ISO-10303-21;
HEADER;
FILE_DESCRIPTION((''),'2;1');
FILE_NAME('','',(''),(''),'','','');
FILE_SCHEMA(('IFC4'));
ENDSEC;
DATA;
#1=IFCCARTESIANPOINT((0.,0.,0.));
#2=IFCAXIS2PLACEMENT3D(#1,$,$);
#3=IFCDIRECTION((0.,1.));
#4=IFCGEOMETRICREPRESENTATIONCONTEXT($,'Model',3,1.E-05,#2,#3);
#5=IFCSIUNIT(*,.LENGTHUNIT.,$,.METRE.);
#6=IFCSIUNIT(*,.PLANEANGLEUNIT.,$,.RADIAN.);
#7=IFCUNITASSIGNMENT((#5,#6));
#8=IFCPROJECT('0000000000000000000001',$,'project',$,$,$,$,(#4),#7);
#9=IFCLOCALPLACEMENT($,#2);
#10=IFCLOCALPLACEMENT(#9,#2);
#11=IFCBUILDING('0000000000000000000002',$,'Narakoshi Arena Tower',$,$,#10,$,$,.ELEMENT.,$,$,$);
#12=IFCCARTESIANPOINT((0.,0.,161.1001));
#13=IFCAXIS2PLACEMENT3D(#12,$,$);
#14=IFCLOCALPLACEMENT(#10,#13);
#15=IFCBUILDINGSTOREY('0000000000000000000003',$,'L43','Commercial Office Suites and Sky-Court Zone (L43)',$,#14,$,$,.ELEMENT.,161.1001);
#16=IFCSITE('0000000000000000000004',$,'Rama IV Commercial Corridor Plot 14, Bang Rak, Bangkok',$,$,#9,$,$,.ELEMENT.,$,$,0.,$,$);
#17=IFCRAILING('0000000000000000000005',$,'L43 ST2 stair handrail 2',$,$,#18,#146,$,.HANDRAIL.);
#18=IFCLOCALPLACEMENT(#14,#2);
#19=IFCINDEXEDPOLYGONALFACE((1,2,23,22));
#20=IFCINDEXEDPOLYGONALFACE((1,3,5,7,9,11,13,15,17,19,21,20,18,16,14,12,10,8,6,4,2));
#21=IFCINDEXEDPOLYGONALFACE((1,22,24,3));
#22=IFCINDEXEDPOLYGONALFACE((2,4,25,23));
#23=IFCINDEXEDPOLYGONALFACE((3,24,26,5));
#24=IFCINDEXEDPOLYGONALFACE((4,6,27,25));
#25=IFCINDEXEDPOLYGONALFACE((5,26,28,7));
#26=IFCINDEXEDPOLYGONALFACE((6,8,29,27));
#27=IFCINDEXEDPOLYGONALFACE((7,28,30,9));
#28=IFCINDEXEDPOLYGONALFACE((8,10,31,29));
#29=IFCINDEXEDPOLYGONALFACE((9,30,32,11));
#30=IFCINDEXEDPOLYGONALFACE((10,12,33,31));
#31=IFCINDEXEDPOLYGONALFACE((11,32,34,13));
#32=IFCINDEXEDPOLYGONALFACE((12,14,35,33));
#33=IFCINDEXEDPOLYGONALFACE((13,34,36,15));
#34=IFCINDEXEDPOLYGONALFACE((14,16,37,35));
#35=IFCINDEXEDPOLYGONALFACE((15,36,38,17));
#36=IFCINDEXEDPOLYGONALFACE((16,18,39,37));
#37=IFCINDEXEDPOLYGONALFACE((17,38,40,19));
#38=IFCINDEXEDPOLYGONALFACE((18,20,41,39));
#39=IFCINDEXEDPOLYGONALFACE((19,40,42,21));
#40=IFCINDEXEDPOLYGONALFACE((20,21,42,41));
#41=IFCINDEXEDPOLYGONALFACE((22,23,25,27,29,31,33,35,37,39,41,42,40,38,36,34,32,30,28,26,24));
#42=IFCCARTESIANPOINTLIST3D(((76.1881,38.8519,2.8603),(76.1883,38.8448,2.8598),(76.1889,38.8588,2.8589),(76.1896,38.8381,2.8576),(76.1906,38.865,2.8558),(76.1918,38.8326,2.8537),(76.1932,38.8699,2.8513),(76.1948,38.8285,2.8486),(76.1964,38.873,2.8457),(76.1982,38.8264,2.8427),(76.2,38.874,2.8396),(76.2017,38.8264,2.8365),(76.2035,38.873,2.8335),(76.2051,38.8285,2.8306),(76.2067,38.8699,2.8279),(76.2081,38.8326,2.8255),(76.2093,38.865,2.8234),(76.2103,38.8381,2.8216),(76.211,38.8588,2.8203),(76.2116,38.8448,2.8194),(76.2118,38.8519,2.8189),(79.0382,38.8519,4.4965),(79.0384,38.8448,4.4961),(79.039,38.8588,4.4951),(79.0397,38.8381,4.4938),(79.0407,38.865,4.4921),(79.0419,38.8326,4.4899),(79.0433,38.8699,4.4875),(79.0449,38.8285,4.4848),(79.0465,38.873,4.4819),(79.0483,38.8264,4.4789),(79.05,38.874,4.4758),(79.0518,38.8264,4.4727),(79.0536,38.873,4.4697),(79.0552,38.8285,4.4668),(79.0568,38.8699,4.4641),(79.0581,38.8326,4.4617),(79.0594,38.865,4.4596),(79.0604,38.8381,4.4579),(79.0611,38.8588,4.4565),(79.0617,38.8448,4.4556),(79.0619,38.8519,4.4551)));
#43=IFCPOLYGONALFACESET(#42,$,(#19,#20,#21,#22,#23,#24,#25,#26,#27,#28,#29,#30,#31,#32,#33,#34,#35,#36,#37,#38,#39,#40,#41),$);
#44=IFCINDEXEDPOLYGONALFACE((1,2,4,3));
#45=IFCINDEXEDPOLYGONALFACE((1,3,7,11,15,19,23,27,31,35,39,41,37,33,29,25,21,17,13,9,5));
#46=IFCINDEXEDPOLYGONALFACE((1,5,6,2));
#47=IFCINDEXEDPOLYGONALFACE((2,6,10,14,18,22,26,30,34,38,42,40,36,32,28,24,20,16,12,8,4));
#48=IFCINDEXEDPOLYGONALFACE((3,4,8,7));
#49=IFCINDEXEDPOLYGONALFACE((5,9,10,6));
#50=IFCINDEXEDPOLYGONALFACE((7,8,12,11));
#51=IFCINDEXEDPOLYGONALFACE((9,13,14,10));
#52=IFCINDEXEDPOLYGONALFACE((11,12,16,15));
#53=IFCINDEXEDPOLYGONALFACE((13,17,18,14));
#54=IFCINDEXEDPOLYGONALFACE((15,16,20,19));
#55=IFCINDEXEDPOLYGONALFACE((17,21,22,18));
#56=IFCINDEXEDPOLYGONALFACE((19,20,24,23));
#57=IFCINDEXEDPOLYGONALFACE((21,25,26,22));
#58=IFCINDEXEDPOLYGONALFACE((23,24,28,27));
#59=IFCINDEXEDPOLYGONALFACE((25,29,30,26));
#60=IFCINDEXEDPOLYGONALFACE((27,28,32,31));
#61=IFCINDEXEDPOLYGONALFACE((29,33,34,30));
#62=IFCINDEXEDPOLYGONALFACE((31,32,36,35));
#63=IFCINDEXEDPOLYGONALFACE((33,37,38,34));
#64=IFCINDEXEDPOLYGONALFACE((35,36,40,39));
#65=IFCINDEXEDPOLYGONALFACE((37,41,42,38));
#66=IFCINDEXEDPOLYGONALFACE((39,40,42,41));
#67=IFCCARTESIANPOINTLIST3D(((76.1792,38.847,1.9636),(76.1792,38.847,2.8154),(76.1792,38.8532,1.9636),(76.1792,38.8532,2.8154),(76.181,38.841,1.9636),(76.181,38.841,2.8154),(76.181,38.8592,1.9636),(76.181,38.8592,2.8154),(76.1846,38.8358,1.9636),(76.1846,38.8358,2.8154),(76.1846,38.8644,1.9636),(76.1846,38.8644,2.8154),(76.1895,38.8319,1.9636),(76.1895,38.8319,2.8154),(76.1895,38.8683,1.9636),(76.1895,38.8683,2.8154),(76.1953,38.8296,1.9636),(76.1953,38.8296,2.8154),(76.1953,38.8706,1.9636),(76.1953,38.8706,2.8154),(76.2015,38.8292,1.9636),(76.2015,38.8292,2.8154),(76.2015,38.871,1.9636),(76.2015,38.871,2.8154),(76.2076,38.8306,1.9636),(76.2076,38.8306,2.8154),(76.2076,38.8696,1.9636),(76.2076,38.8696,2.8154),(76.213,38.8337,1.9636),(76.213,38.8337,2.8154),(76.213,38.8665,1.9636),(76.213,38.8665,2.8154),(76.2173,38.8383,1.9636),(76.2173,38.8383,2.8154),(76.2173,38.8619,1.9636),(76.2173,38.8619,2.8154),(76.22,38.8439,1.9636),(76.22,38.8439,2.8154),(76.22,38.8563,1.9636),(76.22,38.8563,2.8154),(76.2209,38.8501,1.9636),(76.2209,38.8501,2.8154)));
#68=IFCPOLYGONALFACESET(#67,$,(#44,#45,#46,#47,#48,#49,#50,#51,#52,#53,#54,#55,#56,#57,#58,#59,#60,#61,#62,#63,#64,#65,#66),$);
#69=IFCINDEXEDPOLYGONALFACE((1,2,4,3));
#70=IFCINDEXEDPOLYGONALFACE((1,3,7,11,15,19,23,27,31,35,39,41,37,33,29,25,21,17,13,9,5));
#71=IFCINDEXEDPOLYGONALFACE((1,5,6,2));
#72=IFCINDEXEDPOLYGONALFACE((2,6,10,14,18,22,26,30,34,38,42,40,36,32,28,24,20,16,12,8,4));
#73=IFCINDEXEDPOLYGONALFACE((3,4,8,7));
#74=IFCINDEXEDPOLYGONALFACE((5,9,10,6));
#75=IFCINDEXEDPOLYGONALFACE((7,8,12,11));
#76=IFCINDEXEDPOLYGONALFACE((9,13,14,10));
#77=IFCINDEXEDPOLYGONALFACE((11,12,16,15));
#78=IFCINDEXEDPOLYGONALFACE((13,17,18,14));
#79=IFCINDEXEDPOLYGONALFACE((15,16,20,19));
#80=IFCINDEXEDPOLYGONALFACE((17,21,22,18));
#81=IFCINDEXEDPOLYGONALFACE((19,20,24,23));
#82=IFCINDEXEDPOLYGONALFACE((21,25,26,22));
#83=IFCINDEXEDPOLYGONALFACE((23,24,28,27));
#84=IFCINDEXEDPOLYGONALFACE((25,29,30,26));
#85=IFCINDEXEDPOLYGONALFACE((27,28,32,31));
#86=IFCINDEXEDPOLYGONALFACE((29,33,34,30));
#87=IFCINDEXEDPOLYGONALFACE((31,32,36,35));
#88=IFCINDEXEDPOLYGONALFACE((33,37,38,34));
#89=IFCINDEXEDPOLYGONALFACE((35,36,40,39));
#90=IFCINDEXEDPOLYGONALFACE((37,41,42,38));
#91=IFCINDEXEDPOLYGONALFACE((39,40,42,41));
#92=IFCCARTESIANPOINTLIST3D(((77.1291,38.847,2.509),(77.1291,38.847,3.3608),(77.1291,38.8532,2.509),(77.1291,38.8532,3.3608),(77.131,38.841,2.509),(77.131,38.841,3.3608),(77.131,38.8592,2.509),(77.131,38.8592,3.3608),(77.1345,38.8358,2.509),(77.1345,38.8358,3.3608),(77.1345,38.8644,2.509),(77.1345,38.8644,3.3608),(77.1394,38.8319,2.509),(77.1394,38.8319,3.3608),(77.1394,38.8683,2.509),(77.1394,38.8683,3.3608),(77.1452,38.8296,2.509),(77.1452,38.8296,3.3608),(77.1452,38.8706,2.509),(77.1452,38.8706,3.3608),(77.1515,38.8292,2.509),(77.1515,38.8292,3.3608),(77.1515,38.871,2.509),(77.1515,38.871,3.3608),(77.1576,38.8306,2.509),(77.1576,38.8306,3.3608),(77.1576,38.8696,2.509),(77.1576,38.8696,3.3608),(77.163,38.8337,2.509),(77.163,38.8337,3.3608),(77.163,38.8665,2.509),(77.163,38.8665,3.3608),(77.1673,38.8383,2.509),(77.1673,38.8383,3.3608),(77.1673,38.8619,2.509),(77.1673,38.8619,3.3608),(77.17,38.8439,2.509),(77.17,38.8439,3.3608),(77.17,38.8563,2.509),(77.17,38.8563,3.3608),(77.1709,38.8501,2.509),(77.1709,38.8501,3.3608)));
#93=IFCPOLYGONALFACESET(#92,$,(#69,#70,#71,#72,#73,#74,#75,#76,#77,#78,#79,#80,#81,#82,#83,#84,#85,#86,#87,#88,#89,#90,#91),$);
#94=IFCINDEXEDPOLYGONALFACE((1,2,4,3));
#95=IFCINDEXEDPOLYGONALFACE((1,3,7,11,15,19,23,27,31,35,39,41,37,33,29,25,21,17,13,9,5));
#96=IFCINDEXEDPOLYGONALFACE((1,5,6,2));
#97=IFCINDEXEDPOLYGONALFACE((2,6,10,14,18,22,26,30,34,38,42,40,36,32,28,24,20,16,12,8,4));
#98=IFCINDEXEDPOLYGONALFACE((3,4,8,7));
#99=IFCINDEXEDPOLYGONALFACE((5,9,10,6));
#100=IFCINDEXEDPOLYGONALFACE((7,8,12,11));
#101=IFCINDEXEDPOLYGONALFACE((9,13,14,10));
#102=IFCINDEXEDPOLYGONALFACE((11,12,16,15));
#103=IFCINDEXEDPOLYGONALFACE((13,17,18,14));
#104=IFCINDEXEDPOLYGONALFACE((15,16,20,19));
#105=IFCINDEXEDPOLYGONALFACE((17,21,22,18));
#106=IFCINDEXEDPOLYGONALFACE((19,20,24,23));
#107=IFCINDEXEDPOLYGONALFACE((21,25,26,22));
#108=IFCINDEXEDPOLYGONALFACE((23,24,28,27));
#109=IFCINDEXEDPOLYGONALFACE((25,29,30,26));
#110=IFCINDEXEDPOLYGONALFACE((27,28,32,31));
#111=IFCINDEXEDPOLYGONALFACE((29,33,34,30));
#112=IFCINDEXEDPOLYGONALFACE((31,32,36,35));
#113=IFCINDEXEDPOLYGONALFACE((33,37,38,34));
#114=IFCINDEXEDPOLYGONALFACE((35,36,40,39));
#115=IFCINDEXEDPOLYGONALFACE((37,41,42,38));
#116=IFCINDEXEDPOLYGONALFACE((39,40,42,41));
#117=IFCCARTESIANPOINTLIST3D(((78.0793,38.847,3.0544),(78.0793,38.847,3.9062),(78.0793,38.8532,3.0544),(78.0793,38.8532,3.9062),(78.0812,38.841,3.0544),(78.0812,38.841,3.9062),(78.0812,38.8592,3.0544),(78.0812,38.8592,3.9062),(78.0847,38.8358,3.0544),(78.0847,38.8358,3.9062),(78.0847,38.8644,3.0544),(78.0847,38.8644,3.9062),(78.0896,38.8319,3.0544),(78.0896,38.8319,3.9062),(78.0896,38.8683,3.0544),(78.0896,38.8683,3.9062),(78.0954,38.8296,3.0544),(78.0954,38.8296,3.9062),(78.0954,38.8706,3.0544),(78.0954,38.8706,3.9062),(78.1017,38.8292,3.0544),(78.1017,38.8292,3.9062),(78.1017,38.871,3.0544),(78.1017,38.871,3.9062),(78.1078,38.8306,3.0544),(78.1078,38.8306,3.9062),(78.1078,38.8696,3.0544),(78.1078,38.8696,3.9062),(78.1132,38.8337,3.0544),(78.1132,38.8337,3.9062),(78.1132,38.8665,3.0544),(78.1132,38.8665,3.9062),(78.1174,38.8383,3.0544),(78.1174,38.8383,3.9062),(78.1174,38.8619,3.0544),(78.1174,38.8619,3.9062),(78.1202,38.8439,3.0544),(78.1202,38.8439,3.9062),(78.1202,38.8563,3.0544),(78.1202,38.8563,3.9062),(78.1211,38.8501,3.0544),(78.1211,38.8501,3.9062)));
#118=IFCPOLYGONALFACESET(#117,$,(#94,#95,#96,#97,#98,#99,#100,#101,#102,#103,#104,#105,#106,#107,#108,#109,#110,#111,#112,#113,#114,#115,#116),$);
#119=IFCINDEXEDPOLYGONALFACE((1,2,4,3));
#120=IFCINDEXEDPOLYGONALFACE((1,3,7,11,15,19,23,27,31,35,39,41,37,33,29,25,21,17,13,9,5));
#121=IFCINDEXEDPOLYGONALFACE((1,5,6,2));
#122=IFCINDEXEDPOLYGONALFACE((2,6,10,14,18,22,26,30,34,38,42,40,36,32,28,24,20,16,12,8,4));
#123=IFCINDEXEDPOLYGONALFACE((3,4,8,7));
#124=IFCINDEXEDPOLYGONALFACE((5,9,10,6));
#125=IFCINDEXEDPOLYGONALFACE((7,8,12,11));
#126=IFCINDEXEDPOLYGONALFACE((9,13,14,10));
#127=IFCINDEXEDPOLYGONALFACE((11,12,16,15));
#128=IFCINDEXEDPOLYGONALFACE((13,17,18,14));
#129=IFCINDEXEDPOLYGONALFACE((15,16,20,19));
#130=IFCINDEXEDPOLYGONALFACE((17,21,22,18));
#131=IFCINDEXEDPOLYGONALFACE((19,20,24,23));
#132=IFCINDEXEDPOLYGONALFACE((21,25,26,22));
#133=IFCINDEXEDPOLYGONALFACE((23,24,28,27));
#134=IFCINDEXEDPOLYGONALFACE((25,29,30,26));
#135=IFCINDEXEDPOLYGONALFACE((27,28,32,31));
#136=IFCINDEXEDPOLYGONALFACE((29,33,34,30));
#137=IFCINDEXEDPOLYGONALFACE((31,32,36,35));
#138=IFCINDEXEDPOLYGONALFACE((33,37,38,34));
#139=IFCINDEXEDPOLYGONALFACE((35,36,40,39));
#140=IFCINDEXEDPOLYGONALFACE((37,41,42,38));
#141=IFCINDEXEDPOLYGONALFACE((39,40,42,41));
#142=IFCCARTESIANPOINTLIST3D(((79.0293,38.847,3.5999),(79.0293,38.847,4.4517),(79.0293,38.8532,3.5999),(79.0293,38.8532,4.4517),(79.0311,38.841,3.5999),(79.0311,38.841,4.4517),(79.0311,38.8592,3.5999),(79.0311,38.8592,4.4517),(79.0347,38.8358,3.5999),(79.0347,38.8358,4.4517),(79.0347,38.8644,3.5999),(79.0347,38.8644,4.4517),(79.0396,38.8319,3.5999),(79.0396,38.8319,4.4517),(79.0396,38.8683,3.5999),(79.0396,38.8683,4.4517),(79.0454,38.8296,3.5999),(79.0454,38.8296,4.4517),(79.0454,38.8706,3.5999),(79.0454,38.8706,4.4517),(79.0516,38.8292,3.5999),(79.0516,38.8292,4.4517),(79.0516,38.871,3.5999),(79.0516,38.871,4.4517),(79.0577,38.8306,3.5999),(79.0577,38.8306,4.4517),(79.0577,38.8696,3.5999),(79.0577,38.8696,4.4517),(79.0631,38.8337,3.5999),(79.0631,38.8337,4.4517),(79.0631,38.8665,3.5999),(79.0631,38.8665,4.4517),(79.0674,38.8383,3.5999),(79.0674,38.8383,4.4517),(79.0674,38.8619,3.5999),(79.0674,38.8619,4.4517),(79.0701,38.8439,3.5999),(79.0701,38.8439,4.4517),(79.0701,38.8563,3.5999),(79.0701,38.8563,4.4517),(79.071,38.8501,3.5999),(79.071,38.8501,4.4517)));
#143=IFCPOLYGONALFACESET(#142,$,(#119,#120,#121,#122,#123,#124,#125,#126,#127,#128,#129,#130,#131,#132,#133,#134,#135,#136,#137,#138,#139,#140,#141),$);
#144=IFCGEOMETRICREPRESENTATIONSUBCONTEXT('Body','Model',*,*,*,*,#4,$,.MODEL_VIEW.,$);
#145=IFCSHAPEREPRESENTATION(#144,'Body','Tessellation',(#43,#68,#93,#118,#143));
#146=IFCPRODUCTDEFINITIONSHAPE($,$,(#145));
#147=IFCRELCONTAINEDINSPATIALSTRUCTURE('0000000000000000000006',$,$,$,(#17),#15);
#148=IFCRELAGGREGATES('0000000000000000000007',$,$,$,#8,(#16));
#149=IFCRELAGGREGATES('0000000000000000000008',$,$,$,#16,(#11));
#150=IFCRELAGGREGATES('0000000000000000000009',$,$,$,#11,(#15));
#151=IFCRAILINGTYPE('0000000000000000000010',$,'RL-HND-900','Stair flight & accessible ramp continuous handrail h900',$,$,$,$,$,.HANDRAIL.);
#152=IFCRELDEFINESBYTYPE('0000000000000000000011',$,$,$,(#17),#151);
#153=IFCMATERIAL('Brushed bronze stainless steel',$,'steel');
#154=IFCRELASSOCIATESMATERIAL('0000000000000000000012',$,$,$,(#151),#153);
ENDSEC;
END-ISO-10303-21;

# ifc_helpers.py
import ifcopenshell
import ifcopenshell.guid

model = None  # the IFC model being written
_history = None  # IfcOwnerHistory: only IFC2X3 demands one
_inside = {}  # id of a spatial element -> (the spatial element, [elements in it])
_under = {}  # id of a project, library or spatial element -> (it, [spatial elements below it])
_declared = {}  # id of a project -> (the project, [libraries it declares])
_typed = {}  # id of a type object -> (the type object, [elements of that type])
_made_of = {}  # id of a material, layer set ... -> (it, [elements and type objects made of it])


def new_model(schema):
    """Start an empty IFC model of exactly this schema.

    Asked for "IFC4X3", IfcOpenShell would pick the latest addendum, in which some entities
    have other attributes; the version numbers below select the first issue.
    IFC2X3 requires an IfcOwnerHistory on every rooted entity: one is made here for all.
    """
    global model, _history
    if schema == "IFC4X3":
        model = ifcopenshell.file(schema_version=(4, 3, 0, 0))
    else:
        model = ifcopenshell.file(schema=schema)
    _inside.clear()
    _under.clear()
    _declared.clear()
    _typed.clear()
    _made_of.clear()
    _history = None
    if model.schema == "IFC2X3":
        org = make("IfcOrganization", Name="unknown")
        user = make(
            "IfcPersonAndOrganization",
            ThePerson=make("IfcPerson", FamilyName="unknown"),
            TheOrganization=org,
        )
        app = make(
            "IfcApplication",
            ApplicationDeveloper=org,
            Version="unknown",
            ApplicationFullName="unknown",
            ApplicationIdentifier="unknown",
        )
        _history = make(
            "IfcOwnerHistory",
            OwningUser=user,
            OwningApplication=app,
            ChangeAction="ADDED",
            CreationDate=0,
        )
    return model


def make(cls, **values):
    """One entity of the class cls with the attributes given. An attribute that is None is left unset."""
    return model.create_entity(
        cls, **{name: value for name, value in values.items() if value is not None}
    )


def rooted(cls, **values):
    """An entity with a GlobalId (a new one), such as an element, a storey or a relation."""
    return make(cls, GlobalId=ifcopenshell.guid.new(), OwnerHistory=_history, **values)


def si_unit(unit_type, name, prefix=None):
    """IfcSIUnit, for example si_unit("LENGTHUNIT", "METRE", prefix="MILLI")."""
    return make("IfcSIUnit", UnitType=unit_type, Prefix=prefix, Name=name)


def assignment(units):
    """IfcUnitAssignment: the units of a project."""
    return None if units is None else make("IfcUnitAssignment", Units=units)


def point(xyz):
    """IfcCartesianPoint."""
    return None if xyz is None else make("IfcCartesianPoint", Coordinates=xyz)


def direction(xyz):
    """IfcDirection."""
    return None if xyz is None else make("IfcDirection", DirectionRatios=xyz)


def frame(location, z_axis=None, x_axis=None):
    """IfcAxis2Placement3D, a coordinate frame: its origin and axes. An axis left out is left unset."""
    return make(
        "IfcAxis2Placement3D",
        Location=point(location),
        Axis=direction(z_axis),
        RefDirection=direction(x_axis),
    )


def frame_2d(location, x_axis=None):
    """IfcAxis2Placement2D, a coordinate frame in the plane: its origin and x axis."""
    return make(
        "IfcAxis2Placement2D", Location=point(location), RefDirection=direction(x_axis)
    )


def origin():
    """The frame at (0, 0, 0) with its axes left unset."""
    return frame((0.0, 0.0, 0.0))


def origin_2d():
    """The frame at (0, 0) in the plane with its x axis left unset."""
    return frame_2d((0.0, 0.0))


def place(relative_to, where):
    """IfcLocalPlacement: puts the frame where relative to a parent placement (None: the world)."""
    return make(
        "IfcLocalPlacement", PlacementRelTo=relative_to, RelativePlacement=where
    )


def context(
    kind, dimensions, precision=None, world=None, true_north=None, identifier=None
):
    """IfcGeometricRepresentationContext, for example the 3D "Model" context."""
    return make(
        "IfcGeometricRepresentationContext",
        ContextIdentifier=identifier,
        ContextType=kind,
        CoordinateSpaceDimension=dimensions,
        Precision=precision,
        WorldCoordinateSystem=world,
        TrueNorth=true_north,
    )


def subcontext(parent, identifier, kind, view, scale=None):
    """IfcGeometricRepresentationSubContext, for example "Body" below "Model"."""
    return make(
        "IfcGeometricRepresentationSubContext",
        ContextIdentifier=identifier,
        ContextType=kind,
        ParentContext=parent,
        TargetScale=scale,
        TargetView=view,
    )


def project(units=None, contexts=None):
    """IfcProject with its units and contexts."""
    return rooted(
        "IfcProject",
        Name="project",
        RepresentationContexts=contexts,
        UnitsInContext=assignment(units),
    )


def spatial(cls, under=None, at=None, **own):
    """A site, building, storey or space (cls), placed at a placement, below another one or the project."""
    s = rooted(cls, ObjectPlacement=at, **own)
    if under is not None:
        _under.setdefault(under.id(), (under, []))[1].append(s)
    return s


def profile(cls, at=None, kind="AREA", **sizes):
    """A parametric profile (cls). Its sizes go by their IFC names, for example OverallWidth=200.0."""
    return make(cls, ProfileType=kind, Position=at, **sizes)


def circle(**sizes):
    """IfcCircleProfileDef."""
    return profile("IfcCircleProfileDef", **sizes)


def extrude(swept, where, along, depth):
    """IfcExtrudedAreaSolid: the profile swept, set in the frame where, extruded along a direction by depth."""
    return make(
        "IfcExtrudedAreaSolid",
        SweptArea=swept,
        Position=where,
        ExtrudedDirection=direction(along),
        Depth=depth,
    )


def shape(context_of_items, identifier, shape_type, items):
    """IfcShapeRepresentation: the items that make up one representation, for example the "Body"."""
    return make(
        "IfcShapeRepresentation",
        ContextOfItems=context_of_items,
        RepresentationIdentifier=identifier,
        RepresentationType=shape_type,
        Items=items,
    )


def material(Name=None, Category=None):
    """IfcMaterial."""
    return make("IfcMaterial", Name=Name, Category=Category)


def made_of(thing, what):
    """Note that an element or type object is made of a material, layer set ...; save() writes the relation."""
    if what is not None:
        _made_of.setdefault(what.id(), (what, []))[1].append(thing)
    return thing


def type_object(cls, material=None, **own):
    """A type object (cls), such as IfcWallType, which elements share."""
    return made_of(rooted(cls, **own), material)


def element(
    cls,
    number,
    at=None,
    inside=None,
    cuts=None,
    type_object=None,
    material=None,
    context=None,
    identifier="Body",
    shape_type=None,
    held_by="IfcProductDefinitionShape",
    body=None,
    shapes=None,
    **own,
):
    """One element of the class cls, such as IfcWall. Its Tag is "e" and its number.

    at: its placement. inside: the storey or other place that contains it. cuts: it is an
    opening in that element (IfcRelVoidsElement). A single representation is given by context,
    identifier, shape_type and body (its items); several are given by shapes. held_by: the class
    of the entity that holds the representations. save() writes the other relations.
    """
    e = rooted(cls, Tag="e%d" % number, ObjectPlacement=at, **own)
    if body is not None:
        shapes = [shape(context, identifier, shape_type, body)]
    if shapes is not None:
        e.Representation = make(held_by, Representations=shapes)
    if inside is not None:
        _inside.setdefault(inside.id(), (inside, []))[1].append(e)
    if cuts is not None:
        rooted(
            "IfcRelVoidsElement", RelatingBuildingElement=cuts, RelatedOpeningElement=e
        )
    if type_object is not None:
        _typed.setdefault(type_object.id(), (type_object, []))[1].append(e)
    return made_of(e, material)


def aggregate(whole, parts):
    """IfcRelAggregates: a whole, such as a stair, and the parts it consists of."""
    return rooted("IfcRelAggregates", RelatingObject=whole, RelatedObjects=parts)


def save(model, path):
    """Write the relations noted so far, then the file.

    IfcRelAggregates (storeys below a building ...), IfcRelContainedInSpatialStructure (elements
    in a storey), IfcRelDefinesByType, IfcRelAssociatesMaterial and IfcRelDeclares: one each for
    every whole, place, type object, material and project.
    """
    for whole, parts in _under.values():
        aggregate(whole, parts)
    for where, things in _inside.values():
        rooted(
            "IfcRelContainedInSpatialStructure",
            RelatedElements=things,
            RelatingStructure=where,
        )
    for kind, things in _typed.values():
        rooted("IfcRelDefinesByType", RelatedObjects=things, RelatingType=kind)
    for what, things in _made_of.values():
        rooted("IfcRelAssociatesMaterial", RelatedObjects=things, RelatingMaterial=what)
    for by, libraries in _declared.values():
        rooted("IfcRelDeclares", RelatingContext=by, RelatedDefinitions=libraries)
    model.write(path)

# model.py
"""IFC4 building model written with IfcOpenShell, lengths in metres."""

from ifc_helpers import new_model, si_unit, direction, frame, origin, origin_2d, place, context, subcontext, project, spatial, circle, extrude, material, type_object, element, save


model = new_model("IFC4")

# Units and contexts
model_context = context("Model", 3, precision=1e-05, world=origin(), true_north=direction((0.0, 1.0)))
body_context = subcontext(model_context, "Body", "Model", "MODEL_VIEW")
ifc_project = project(units=[si_unit("LENGTHUNIT", "METRE"), si_unit("PLANEANGLEUNIT", "RADIAN")], contexts=[model_context])

# Site, building, storey
site_placement = place(None, origin())
site = spatial("IfcSite", under=ifc_project, at=site_placement, Name="Rama IV Commercial Corridor Plot 14, Bang Rak, Bangkok", CompositionType="ELEMENT", RefElevation=0.0)
building_placement = place(site_placement, origin())
building = spatial("IfcBuilding", under=site, at=building_placement, Name="Narakoshi Arena Tower", CompositionType="ELEMENT")
storey_placement = place(building_placement, frame((0.0, 0.0, 161.1001)))
storey = spatial("IfcBuildingStorey", under=building, at=storey_placement, Name="L43", Description="Commercial Office Suites and Sky-Court Zone (L43)", CompositionType="ELEMENT", Elevation=161.1001)

# Railing
ifc_material_1 = material(Name="Brushed bronze stainless steel", Category="steel")
railing_type_1 = type_object("IfcRailingType", Name="RL-HND-900", Description="Stair flight & accessible ramp continuous handrail h900", PredefinedType="HANDRAIL", material=ifc_material_1)
for number, where, name in (
    (1, (76.2, 38.8501, 1.9636), "L43 ST2 stair handrail 2"),
):
    element("IfcRailing", number, at=place(storey_placement, frame(where)), inside=storey, type_object=railing_type_1, Name=name, PredefinedType="HANDRAIL", context=body_context, shape_type="SweptSolid", body=[
        extrude(circle(Radius=0.0239, at=origin_2d()), frame((0.0, 0.0, 0.876), z_axis=(0.867245, 0.0, 0.497882), x_axis=(0.0, 1.0, 0.0)), (0.0, 0.0, 1.0), 3.2864),
        extrude(circle(Radius=0.021, at=origin_2d()), origin(), (0.0, 0.0, 1.0), 0.8518),
        extrude(circle(Radius=0.021, at=origin_2d()), frame((0.95, 0.0, 0.5454)), (0.0, 0.0, 1.0), 0.8518),
        extrude(circle(Radius=0.021, at=origin_2d()), frame((1.9001, 0.0, 1.0908)), (0.0, 0.0, 1.0), 0.8518),
        extrude(circle(Radius=0.021, at=origin_2d()), frame((2.8501, 0.0, 1.6362)), (0.0, 0.0, 1.0), 0.8518),
    ])

save(model, "model.ifc")
